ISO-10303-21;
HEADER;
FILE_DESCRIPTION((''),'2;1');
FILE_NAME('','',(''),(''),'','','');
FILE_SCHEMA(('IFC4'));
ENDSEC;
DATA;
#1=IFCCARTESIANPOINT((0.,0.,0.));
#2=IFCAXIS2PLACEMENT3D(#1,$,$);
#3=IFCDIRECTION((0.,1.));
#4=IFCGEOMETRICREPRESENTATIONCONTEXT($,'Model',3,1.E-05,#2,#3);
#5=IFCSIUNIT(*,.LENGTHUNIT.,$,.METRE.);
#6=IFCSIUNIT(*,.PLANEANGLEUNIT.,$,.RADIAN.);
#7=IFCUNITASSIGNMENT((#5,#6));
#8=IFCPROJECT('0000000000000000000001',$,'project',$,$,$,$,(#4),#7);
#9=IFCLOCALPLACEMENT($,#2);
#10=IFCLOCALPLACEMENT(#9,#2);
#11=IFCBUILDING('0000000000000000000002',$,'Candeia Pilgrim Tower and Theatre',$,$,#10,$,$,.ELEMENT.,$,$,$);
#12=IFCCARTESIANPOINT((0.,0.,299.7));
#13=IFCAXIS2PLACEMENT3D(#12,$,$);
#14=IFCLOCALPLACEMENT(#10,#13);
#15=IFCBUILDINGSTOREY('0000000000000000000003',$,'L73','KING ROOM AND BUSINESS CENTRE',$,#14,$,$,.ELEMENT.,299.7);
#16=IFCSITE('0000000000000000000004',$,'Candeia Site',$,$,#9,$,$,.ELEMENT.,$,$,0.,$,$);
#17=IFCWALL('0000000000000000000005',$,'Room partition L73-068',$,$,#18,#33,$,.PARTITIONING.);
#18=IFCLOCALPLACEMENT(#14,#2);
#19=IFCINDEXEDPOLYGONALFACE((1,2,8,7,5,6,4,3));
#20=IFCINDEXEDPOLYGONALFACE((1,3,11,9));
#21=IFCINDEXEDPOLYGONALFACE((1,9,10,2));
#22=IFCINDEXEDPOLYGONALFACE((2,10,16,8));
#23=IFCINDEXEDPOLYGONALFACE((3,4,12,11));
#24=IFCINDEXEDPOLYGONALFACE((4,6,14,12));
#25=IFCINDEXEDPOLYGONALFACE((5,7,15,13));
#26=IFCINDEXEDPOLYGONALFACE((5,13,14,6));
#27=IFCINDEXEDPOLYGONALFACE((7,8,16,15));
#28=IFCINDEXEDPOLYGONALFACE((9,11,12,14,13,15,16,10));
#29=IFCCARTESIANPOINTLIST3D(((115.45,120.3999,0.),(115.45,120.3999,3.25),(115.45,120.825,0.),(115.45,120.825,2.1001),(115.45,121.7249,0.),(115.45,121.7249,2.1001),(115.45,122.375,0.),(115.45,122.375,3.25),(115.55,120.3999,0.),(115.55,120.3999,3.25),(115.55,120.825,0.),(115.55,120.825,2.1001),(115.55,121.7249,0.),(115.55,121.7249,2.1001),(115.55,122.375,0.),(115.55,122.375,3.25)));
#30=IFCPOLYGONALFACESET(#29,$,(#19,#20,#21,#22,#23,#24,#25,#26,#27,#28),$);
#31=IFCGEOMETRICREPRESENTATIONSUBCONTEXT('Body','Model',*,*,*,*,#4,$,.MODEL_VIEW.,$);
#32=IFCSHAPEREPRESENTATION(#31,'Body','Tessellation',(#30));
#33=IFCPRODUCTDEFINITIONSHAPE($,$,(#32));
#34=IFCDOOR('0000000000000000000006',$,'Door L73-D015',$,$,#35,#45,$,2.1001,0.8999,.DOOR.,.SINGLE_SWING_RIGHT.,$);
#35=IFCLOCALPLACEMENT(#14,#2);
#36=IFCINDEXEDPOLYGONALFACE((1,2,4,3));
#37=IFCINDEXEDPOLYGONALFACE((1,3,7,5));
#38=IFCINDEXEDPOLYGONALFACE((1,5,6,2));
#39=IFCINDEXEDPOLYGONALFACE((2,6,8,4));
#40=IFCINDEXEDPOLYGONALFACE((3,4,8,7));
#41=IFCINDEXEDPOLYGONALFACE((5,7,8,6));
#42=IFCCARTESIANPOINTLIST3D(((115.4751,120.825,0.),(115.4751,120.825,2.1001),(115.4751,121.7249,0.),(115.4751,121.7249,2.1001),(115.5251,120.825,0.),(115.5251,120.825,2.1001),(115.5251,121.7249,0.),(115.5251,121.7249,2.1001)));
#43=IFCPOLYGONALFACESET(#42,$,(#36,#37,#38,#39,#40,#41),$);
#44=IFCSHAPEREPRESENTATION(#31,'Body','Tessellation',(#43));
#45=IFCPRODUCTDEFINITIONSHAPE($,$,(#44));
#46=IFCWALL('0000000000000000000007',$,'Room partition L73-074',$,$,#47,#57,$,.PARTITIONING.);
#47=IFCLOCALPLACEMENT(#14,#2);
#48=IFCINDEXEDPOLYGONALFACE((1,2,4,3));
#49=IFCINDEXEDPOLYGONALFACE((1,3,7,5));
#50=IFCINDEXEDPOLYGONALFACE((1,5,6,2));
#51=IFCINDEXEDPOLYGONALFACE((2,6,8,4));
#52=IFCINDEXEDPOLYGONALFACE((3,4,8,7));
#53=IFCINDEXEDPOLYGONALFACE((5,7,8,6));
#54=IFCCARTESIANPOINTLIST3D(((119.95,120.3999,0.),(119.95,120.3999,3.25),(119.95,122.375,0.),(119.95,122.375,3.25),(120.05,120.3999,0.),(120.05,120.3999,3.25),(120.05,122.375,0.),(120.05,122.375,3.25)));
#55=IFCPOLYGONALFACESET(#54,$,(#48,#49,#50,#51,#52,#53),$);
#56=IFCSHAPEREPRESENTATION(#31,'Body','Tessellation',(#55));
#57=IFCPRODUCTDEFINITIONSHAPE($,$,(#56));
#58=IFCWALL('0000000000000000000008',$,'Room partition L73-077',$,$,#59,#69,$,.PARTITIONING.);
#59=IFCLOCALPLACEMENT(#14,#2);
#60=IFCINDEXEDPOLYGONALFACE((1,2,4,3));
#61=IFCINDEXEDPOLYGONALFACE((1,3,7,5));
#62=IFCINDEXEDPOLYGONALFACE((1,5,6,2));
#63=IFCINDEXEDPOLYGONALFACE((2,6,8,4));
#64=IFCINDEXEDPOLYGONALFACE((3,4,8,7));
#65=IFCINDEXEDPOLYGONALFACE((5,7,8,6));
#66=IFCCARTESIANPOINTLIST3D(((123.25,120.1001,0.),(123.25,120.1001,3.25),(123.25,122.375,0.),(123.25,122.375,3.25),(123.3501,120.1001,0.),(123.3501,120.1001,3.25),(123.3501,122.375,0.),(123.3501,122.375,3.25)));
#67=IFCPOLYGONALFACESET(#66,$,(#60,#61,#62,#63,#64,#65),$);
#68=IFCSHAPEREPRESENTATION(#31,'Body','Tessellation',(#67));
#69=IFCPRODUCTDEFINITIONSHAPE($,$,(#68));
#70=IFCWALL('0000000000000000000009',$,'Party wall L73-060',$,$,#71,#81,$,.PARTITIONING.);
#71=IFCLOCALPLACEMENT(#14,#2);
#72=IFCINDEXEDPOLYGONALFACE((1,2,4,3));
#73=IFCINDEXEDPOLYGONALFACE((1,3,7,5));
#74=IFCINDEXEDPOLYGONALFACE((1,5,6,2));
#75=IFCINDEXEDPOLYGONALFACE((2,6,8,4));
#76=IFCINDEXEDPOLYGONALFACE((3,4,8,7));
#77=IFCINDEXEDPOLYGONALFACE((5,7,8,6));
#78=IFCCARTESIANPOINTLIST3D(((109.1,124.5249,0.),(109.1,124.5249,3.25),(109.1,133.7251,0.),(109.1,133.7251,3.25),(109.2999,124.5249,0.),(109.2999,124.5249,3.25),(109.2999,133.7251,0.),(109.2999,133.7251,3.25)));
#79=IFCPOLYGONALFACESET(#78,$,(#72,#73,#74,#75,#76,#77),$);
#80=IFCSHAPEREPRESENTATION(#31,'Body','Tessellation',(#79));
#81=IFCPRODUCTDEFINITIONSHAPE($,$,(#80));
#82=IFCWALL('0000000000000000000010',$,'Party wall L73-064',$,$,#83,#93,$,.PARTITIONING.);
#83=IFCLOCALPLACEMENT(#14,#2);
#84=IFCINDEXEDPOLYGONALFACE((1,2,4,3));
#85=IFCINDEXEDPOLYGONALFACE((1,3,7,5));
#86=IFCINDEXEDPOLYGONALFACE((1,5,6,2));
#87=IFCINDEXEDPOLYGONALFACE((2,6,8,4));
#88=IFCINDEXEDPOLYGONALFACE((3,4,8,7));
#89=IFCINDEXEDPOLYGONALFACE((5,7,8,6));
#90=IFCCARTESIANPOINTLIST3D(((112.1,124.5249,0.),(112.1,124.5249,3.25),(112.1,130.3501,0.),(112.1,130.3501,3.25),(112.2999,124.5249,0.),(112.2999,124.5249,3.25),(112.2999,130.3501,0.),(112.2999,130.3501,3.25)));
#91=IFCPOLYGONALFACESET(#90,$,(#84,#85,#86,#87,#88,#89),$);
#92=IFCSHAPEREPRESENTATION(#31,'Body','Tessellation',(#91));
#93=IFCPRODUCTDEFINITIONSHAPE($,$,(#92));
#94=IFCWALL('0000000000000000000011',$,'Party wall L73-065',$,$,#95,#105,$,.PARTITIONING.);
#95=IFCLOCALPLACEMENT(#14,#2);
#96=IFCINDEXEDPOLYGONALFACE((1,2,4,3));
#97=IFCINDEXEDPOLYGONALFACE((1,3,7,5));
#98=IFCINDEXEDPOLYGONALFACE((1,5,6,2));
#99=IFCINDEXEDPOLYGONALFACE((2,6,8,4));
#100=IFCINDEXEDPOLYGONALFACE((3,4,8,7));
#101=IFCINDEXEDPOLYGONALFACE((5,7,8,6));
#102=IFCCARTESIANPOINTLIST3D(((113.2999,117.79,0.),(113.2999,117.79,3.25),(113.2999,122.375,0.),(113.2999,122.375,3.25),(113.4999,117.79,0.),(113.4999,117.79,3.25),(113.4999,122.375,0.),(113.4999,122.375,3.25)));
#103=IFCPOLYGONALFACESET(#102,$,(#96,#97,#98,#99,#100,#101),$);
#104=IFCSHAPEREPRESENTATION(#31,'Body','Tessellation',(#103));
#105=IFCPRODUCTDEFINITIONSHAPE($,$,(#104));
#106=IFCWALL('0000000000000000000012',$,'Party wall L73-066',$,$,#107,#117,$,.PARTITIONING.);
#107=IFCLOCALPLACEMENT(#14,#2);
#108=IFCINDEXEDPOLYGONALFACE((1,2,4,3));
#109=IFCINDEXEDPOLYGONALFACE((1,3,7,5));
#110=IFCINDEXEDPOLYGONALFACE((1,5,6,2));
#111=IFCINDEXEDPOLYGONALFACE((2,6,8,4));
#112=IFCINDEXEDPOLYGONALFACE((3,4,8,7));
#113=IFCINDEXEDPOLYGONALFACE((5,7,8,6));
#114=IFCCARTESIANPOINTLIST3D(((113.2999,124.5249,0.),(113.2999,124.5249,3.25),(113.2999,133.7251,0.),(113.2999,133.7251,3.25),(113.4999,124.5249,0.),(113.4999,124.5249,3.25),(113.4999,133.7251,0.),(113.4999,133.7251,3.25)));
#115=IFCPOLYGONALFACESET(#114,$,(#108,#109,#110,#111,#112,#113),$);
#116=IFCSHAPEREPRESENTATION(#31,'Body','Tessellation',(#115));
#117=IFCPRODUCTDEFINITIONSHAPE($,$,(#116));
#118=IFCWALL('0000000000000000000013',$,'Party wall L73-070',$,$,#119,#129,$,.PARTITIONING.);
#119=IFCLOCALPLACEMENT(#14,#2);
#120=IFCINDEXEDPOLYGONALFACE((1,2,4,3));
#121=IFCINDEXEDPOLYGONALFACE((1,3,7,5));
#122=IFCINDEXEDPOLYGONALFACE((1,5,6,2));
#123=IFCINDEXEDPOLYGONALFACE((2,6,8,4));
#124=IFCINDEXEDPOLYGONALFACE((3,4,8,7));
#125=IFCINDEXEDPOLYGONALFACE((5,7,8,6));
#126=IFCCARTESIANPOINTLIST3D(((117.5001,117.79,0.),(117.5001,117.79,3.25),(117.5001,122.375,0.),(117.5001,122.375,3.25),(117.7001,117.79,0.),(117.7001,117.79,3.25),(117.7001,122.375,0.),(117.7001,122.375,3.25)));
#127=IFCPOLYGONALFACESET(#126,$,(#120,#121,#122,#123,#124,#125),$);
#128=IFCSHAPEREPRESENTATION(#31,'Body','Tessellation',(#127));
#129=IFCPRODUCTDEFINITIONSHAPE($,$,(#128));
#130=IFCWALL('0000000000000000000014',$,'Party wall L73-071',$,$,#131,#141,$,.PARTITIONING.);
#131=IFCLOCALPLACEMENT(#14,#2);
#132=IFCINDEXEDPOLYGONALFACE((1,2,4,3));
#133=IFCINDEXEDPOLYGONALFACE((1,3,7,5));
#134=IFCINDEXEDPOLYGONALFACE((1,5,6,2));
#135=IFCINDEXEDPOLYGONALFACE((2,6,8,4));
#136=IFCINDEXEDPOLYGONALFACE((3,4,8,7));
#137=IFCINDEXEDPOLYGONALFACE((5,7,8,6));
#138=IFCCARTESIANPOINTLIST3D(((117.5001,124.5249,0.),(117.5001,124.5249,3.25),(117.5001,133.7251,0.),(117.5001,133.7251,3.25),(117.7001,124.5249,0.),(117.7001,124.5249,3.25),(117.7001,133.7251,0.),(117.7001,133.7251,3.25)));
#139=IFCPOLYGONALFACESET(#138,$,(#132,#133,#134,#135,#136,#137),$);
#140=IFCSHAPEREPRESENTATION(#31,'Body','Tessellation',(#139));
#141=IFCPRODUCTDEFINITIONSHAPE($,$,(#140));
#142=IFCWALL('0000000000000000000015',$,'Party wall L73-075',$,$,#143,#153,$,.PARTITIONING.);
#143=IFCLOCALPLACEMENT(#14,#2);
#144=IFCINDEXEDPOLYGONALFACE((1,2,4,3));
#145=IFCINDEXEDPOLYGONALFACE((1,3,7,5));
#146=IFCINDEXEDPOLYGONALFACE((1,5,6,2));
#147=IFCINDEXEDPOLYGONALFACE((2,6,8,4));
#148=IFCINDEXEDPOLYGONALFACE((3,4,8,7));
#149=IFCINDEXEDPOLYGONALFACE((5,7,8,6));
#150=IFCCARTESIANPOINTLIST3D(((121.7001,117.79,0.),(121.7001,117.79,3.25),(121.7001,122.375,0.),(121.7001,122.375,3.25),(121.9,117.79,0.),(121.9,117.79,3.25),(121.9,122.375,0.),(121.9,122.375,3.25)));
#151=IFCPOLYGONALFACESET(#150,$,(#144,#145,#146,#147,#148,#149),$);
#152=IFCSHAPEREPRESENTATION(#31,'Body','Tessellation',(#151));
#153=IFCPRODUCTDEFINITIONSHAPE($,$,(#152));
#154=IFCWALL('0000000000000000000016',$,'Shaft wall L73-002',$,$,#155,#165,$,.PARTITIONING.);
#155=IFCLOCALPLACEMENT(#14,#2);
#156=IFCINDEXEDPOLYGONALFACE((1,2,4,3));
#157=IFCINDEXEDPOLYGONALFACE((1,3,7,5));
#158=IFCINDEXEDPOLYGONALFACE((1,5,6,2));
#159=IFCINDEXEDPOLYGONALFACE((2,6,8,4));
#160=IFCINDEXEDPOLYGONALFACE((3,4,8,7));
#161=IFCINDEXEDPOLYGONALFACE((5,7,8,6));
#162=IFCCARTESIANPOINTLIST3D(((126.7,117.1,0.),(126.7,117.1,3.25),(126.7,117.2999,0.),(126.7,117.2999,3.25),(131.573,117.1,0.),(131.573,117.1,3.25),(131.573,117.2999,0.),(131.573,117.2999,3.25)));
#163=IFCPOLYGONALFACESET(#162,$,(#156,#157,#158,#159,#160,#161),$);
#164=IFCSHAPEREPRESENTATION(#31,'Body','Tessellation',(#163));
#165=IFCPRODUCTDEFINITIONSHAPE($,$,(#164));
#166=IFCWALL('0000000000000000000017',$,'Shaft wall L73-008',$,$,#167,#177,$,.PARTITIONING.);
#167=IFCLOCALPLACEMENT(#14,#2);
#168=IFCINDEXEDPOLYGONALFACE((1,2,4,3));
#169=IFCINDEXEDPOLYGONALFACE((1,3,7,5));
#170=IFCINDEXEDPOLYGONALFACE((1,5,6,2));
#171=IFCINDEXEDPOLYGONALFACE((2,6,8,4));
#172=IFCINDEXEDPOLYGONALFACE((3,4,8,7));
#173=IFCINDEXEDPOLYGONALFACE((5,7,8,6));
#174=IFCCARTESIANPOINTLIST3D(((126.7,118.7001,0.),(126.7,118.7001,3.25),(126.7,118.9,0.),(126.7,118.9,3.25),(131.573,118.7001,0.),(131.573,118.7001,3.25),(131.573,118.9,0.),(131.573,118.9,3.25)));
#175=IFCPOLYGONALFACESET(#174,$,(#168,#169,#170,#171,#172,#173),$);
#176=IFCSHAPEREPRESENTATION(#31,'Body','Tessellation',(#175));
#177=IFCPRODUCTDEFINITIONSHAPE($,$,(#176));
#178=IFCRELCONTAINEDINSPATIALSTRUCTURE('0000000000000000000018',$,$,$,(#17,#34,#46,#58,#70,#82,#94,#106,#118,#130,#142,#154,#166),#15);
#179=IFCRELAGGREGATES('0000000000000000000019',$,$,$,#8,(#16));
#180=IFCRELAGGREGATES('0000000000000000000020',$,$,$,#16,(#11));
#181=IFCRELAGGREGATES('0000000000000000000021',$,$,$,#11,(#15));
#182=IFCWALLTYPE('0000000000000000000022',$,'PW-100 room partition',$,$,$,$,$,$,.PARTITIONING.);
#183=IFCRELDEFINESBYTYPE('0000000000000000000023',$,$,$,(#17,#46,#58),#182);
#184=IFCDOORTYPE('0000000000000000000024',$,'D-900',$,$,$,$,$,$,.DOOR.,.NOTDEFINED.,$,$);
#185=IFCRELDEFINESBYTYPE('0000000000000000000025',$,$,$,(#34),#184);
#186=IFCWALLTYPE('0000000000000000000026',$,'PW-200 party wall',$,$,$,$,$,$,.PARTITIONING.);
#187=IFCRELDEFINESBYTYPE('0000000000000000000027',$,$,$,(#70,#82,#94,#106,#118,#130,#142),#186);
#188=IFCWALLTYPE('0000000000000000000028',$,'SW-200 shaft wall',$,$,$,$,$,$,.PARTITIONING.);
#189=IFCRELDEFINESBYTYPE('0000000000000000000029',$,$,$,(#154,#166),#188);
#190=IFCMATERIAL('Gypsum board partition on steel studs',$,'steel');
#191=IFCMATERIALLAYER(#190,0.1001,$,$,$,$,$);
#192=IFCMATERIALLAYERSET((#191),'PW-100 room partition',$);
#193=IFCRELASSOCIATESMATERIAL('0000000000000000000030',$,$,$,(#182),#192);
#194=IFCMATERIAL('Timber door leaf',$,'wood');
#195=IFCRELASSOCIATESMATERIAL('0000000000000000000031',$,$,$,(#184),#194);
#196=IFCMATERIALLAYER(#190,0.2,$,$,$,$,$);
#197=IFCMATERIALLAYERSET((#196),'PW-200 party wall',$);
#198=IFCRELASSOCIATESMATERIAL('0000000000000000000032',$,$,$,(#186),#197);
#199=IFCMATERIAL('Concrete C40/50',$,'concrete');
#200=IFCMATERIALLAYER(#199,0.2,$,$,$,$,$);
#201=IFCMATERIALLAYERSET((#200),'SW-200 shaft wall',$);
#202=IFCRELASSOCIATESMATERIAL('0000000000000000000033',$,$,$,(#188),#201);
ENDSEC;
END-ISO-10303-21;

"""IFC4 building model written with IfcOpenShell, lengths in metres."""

from ifc_helpers import new_model, si_unit, direction, frame, frame_2d, origin, place, context, subcontext, project, spatial, rectangle, extrude, material, layer, layer_set, type_object, element, fill, save


model = new_model("IFC4")

# Units and contexts
model_context = context("Model", 3, precision=1e-05, world=origin(), true_north=direction((0.0, 1.0)))
body_context = subcontext(model_context, "Body", "Model", "MODEL_VIEW")
ifc_project = project(units=[si_unit("LENGTHUNIT", "METRE"), si_unit("PLANEANGLEUNIT", "RADIAN")], contexts=[model_context])

# Site, building, storey
site_placement = place(None, origin())
site = spatial("IfcSite", under=ifc_project, at=site_placement, Name="Candeia Site", CompositionType="ELEMENT", RefElevation=0.0)
building_placement = place(site_placement, origin())
building = spatial("IfcBuilding", under=site, at=building_placement, Name="Candeia Pilgrim Tower and Theatre", CompositionType="ELEMENT")
storey_placement = place(building_placement, frame((0.0, 0.0, 299.7)))
storey = spatial("IfcBuildingStorey", under=building, at=storey_placement, Name="L73", Description="KING ROOM AND BUSINESS CENTRE", CompositionType="ELEMENT", Elevation=299.7)

# Shared definitions
ifc_material_1 = material(Name="Concrete C40/50", Category="concrete")

# Shared definitions
ifc_material_2 = material(Name="Gypsum board partition on steel studs", Category="steel")
ifc_layer_1 = layer(ifc_material_2, 0.1001)
ifc_layer_set_1 = layer_set([ifc_layer_1], Name="PW-100 room partition")
wall_type_1 = type_object("IfcWallType", Name="PW-100 room partition", PredefinedType="PARTITIONING", material=ifc_layer_set_1)
ifc_material_3 = material(Name="Timber door leaf", Category="wood")

# Wall, opening, door
wall_1_placement = place(storey_placement, frame((115.5, 120.3999, 0.0), z_axis=(0.0, 0.0, 1.0), x_axis=(0.0, 1.0, 0.0)))
wall_1 = element("IfcWall", 1, at=wall_1_placement, inside=storey, type_object=wall_type_1, Name="Room partition L73-068", PredefinedType="PARTITIONING", context=body_context, shape_type="SweptSolid", body=[
    extrude(rectangle(XDim=1.9751, YDim=0.1001, at=frame_2d((0.9875, 0.0))), origin(), (0.0, 0.0, 1.0), 3.25),
])
opening_1_placement = place(wall_1_placement, frame((0.425, 0.0, 0.0)))
opening_1 = element("IfcOpeningElement", 2, at=opening_1_placement, cuts=wall_1, PredefinedType="OPENING", context=body_context, shape_type="SweptSolid", body=[
    extrude(rectangle(XDim=0.8999, YDim=2.1001, at=frame_2d((0.45, 1.05))), frame((0.0, 0.0601, 0.0), z_axis=(0.0, -1.0, 0.0), x_axis=(1.0, 0.0, 0.0)), (0.0, 0.0, 1.0), 0.1201),
])
door_type_1 = type_object("IfcDoorType", Name="D-900", OperationType="NOTDEFINED", PredefinedType="DOOR", material=ifc_material_3)
door_1_placement = place(opening_1_placement, origin())
door_1 = element("IfcDoor", 3, at=door_1_placement, inside=storey, type_object=door_type_1, Name="Door L73-D015", OperationType="SINGLE_SWING_RIGHT", OverallHeight=2.1001, OverallWidth=0.8999, PredefinedType="DOOR", context=body_context, shape_type="SweptSolid", body=[
    extrude(rectangle(XDim=0.8999, YDim=2.1001, at=frame_2d((0.45, 1.05))), frame((0.0, 0.0249, 0.0), z_axis=(0.0, -1.0, 0.0), x_axis=(1.0, 0.0, 0.0)), (0.0, 0.0, 1.0), 0.05),
])
fill(opening_1, door_1)

# Walls
wall_2_placement = place(storey_placement, frame((120.0, 120.3999, 0.0), z_axis=(0.0, 0.0, 1.0), x_axis=(0.0, 1.0, 0.0)))
element("IfcWall", 4, at=wall_2_placement, inside=storey, type_object=wall_type_1, Name="Room partition L73-074", PredefinedType="PARTITIONING", context=body_context, shape_type="SweptSolid", body=[
    extrude(rectangle(XDim=1.9751, YDim=0.1001, at=frame_2d((0.9875, 0.0))), origin(), (0.0, 0.0, 1.0), 3.25),
])
wall_3_placement = place(storey_placement, frame((123.3, 120.1001, 0.0), z_axis=(0.0, 0.0, 1.0), x_axis=(0.0, 1.0, 0.0)))
element("IfcWall", 5, at=wall_3_placement, inside=storey, type_object=wall_type_1, Name="Room partition L73-077", PredefinedType="PARTITIONING", context=body_context, shape_type="SweptSolid", body=[
    extrude(rectangle(XDim=2.2749, YDim=0.1001, at=frame_2d((1.1375, 0.0))), origin(), (0.0, 0.0, 1.0), 3.25),
])
ifc_layer_2 = layer(ifc_material_2, 0.2)
ifc_layer_set_2 = layer_set([ifc_layer_2], Name="PW-200 party wall")
wall_type_2 = type_object("IfcWallType", Name="PW-200 party wall", PredefinedType="PARTITIONING", material=ifc_layer_set_2)
wall_4_placement = place(storey_placement, frame((109.2, 124.5249, 0.0), z_axis=(0.0, 0.0, 1.0), x_axis=(0.0, 1.0, 0.0)))
element("IfcWall", 6, at=wall_4_placement, inside=storey, type_object=wall_type_2, Name="Party wall L73-060", PredefinedType="PARTITIONING", context=body_context, shape_type="SweptSolid", body=[
    extrude(rectangle(XDim=9.2002, YDim=0.2, at=frame_2d((4.6001, 0.0))), origin(), (0.0, 0.0, 1.0), 3.25),
])
wall_5_placement = place(storey_placement, frame((112.2, 124.5249, 0.0), z_axis=(0.0, 0.0, 1.0), x_axis=(0.0, 1.0, 0.0)))
element("IfcWall", 7, at=wall_5_placement, inside=storey, type_object=wall_type_2, Name="Party wall L73-064", PredefinedType="PARTITIONING", context=body_context, shape_type="SweptSolid", body=[
    extrude(rectangle(XDim=5.8252, YDim=0.2, at=frame_2d((2.9126, 0.0))), origin(), (0.0, 0.0, 1.0), 3.25),
])
wall_6_placement = place(storey_placement, frame((113.3999, 117.79, 0.0), z_axis=(0.0, 0.0, 1.0), x_axis=(0.0, 1.0, 0.0)))
element("IfcWall", 8, at=wall_6_placement, inside=storey, type_object=wall_type_2, Name="Party wall L73-065", PredefinedType="PARTITIONING", context=body_context, shape_type="SweptSolid", body=[
    extrude(rectangle(XDim=4.585, YDim=0.2, at=frame_2d((2.2925, 0.0))), origin(), (0.0, 0.0, 1.0), 3.25),
])
wall_7_placement = place(storey_placement, frame((113.3999, 124.5249, 0.0), z_axis=(0.0, 0.0, 1.0), x_axis=(0.0, 1.0, 0.0)))
element("IfcWall", 9, at=wall_7_placement, inside=storey, type_object=wall_type_2, Name="Party wall L73-066", PredefinedType="PARTITIONING", context=body_context, shape_type="SweptSolid", body=[
    extrude(rectangle(XDim=9.2002, YDim=0.2, at=frame_2d((4.6001, 0.0))), origin(), (0.0, 0.0, 1.0), 3.25),
])
wall_8_placement = place(storey_placement, frame((117.6001, 117.79, 0.0), z_axis=(0.0, 0.0, 1.0), x_axis=(0.0, 1.0, 0.0)))
element("IfcWall", 10, at=wall_8_placement, inside=storey, type_object=wall_type_2, Name="Party wall L73-070", PredefinedType="PARTITIONING", context=body_context, shape_type="SweptSolid", body=[
    extrude(rectangle(XDim=4.585, YDim=0.2, at=frame_2d((2.2925, 0.0))), origin(), (0.0, 0.0, 1.0), 3.25),
])
wall_9_placement = place(storey_placement, frame((117.6001, 124.5249, 0.0), z_axis=(0.0, 0.0, 1.0), x_axis=(0.0, 1.0, 0.0)))
element("IfcWall", 11, at=wall_9_placement, inside=storey, type_object=wall_type_2, Name="Party wall L73-071", PredefinedType="PARTITIONING", context=body_context, shape_type="SweptSolid", body=[
    extrude(rectangle(XDim=9.2002, YDim=0.2, at=frame_2d((4.6001, 0.0))), origin(), (0.0, 0.0, 1.0), 3.25),
])
wall_10_placement = place(storey_placement, frame((121.8, 117.79, 0.0), z_axis=(0.0, 0.0, 1.0), x_axis=(0.0, 1.0, 0.0)))
element("IfcWall", 12, at=wall_10_placement, inside=storey, type_object=wall_type_2, Name="Party wall L73-075", PredefinedType="PARTITIONING", context=body_context, shape_type="SweptSolid", body=[
    extrude(rectangle(XDim=4.585, YDim=0.2, at=frame_2d((2.2925, 0.0))), origin(), (0.0, 0.0, 1.0), 3.25),
])
ifc_layer_3 = layer(ifc_material_1, 0.2)
ifc_layer_set_3 = layer_set([ifc_layer_3], Name="SW-200 shaft wall")
wall_type_3 = type_object("IfcWallType", Name="SW-200 shaft wall", PredefinedType="PARTITIONING", material=ifc_layer_set_3)
for number, where, z_axis, x_axis, name in (
    (13, (126.7, 117.2, 0.0), (0.0, 0.0, 1.0), (1.0, 0.0, 0.0), "Shaft wall L73-002"),
    (14, (126.7, 118.8, 0.0), (0.0, 0.0, 1.0), (1.0, 0.0, 0.0), "Shaft wall L73-008"),
):
    element("IfcWall", number, at=place(storey_placement, frame(where, z_axis=z_axis, x_axis=x_axis)), inside=storey, type_object=wall_type_3, Name=name, PredefinedType="PARTITIONING", context=body_context, shape_type="SweptSolid", body=[
        extrude(rectangle(XDim=4.873, YDim=0.2, at=frame_2d((2.4365, 0.0))), origin(), (0.0, 0.0, 1.0), 3.25),
    ])

save(model, "model.ifc")
